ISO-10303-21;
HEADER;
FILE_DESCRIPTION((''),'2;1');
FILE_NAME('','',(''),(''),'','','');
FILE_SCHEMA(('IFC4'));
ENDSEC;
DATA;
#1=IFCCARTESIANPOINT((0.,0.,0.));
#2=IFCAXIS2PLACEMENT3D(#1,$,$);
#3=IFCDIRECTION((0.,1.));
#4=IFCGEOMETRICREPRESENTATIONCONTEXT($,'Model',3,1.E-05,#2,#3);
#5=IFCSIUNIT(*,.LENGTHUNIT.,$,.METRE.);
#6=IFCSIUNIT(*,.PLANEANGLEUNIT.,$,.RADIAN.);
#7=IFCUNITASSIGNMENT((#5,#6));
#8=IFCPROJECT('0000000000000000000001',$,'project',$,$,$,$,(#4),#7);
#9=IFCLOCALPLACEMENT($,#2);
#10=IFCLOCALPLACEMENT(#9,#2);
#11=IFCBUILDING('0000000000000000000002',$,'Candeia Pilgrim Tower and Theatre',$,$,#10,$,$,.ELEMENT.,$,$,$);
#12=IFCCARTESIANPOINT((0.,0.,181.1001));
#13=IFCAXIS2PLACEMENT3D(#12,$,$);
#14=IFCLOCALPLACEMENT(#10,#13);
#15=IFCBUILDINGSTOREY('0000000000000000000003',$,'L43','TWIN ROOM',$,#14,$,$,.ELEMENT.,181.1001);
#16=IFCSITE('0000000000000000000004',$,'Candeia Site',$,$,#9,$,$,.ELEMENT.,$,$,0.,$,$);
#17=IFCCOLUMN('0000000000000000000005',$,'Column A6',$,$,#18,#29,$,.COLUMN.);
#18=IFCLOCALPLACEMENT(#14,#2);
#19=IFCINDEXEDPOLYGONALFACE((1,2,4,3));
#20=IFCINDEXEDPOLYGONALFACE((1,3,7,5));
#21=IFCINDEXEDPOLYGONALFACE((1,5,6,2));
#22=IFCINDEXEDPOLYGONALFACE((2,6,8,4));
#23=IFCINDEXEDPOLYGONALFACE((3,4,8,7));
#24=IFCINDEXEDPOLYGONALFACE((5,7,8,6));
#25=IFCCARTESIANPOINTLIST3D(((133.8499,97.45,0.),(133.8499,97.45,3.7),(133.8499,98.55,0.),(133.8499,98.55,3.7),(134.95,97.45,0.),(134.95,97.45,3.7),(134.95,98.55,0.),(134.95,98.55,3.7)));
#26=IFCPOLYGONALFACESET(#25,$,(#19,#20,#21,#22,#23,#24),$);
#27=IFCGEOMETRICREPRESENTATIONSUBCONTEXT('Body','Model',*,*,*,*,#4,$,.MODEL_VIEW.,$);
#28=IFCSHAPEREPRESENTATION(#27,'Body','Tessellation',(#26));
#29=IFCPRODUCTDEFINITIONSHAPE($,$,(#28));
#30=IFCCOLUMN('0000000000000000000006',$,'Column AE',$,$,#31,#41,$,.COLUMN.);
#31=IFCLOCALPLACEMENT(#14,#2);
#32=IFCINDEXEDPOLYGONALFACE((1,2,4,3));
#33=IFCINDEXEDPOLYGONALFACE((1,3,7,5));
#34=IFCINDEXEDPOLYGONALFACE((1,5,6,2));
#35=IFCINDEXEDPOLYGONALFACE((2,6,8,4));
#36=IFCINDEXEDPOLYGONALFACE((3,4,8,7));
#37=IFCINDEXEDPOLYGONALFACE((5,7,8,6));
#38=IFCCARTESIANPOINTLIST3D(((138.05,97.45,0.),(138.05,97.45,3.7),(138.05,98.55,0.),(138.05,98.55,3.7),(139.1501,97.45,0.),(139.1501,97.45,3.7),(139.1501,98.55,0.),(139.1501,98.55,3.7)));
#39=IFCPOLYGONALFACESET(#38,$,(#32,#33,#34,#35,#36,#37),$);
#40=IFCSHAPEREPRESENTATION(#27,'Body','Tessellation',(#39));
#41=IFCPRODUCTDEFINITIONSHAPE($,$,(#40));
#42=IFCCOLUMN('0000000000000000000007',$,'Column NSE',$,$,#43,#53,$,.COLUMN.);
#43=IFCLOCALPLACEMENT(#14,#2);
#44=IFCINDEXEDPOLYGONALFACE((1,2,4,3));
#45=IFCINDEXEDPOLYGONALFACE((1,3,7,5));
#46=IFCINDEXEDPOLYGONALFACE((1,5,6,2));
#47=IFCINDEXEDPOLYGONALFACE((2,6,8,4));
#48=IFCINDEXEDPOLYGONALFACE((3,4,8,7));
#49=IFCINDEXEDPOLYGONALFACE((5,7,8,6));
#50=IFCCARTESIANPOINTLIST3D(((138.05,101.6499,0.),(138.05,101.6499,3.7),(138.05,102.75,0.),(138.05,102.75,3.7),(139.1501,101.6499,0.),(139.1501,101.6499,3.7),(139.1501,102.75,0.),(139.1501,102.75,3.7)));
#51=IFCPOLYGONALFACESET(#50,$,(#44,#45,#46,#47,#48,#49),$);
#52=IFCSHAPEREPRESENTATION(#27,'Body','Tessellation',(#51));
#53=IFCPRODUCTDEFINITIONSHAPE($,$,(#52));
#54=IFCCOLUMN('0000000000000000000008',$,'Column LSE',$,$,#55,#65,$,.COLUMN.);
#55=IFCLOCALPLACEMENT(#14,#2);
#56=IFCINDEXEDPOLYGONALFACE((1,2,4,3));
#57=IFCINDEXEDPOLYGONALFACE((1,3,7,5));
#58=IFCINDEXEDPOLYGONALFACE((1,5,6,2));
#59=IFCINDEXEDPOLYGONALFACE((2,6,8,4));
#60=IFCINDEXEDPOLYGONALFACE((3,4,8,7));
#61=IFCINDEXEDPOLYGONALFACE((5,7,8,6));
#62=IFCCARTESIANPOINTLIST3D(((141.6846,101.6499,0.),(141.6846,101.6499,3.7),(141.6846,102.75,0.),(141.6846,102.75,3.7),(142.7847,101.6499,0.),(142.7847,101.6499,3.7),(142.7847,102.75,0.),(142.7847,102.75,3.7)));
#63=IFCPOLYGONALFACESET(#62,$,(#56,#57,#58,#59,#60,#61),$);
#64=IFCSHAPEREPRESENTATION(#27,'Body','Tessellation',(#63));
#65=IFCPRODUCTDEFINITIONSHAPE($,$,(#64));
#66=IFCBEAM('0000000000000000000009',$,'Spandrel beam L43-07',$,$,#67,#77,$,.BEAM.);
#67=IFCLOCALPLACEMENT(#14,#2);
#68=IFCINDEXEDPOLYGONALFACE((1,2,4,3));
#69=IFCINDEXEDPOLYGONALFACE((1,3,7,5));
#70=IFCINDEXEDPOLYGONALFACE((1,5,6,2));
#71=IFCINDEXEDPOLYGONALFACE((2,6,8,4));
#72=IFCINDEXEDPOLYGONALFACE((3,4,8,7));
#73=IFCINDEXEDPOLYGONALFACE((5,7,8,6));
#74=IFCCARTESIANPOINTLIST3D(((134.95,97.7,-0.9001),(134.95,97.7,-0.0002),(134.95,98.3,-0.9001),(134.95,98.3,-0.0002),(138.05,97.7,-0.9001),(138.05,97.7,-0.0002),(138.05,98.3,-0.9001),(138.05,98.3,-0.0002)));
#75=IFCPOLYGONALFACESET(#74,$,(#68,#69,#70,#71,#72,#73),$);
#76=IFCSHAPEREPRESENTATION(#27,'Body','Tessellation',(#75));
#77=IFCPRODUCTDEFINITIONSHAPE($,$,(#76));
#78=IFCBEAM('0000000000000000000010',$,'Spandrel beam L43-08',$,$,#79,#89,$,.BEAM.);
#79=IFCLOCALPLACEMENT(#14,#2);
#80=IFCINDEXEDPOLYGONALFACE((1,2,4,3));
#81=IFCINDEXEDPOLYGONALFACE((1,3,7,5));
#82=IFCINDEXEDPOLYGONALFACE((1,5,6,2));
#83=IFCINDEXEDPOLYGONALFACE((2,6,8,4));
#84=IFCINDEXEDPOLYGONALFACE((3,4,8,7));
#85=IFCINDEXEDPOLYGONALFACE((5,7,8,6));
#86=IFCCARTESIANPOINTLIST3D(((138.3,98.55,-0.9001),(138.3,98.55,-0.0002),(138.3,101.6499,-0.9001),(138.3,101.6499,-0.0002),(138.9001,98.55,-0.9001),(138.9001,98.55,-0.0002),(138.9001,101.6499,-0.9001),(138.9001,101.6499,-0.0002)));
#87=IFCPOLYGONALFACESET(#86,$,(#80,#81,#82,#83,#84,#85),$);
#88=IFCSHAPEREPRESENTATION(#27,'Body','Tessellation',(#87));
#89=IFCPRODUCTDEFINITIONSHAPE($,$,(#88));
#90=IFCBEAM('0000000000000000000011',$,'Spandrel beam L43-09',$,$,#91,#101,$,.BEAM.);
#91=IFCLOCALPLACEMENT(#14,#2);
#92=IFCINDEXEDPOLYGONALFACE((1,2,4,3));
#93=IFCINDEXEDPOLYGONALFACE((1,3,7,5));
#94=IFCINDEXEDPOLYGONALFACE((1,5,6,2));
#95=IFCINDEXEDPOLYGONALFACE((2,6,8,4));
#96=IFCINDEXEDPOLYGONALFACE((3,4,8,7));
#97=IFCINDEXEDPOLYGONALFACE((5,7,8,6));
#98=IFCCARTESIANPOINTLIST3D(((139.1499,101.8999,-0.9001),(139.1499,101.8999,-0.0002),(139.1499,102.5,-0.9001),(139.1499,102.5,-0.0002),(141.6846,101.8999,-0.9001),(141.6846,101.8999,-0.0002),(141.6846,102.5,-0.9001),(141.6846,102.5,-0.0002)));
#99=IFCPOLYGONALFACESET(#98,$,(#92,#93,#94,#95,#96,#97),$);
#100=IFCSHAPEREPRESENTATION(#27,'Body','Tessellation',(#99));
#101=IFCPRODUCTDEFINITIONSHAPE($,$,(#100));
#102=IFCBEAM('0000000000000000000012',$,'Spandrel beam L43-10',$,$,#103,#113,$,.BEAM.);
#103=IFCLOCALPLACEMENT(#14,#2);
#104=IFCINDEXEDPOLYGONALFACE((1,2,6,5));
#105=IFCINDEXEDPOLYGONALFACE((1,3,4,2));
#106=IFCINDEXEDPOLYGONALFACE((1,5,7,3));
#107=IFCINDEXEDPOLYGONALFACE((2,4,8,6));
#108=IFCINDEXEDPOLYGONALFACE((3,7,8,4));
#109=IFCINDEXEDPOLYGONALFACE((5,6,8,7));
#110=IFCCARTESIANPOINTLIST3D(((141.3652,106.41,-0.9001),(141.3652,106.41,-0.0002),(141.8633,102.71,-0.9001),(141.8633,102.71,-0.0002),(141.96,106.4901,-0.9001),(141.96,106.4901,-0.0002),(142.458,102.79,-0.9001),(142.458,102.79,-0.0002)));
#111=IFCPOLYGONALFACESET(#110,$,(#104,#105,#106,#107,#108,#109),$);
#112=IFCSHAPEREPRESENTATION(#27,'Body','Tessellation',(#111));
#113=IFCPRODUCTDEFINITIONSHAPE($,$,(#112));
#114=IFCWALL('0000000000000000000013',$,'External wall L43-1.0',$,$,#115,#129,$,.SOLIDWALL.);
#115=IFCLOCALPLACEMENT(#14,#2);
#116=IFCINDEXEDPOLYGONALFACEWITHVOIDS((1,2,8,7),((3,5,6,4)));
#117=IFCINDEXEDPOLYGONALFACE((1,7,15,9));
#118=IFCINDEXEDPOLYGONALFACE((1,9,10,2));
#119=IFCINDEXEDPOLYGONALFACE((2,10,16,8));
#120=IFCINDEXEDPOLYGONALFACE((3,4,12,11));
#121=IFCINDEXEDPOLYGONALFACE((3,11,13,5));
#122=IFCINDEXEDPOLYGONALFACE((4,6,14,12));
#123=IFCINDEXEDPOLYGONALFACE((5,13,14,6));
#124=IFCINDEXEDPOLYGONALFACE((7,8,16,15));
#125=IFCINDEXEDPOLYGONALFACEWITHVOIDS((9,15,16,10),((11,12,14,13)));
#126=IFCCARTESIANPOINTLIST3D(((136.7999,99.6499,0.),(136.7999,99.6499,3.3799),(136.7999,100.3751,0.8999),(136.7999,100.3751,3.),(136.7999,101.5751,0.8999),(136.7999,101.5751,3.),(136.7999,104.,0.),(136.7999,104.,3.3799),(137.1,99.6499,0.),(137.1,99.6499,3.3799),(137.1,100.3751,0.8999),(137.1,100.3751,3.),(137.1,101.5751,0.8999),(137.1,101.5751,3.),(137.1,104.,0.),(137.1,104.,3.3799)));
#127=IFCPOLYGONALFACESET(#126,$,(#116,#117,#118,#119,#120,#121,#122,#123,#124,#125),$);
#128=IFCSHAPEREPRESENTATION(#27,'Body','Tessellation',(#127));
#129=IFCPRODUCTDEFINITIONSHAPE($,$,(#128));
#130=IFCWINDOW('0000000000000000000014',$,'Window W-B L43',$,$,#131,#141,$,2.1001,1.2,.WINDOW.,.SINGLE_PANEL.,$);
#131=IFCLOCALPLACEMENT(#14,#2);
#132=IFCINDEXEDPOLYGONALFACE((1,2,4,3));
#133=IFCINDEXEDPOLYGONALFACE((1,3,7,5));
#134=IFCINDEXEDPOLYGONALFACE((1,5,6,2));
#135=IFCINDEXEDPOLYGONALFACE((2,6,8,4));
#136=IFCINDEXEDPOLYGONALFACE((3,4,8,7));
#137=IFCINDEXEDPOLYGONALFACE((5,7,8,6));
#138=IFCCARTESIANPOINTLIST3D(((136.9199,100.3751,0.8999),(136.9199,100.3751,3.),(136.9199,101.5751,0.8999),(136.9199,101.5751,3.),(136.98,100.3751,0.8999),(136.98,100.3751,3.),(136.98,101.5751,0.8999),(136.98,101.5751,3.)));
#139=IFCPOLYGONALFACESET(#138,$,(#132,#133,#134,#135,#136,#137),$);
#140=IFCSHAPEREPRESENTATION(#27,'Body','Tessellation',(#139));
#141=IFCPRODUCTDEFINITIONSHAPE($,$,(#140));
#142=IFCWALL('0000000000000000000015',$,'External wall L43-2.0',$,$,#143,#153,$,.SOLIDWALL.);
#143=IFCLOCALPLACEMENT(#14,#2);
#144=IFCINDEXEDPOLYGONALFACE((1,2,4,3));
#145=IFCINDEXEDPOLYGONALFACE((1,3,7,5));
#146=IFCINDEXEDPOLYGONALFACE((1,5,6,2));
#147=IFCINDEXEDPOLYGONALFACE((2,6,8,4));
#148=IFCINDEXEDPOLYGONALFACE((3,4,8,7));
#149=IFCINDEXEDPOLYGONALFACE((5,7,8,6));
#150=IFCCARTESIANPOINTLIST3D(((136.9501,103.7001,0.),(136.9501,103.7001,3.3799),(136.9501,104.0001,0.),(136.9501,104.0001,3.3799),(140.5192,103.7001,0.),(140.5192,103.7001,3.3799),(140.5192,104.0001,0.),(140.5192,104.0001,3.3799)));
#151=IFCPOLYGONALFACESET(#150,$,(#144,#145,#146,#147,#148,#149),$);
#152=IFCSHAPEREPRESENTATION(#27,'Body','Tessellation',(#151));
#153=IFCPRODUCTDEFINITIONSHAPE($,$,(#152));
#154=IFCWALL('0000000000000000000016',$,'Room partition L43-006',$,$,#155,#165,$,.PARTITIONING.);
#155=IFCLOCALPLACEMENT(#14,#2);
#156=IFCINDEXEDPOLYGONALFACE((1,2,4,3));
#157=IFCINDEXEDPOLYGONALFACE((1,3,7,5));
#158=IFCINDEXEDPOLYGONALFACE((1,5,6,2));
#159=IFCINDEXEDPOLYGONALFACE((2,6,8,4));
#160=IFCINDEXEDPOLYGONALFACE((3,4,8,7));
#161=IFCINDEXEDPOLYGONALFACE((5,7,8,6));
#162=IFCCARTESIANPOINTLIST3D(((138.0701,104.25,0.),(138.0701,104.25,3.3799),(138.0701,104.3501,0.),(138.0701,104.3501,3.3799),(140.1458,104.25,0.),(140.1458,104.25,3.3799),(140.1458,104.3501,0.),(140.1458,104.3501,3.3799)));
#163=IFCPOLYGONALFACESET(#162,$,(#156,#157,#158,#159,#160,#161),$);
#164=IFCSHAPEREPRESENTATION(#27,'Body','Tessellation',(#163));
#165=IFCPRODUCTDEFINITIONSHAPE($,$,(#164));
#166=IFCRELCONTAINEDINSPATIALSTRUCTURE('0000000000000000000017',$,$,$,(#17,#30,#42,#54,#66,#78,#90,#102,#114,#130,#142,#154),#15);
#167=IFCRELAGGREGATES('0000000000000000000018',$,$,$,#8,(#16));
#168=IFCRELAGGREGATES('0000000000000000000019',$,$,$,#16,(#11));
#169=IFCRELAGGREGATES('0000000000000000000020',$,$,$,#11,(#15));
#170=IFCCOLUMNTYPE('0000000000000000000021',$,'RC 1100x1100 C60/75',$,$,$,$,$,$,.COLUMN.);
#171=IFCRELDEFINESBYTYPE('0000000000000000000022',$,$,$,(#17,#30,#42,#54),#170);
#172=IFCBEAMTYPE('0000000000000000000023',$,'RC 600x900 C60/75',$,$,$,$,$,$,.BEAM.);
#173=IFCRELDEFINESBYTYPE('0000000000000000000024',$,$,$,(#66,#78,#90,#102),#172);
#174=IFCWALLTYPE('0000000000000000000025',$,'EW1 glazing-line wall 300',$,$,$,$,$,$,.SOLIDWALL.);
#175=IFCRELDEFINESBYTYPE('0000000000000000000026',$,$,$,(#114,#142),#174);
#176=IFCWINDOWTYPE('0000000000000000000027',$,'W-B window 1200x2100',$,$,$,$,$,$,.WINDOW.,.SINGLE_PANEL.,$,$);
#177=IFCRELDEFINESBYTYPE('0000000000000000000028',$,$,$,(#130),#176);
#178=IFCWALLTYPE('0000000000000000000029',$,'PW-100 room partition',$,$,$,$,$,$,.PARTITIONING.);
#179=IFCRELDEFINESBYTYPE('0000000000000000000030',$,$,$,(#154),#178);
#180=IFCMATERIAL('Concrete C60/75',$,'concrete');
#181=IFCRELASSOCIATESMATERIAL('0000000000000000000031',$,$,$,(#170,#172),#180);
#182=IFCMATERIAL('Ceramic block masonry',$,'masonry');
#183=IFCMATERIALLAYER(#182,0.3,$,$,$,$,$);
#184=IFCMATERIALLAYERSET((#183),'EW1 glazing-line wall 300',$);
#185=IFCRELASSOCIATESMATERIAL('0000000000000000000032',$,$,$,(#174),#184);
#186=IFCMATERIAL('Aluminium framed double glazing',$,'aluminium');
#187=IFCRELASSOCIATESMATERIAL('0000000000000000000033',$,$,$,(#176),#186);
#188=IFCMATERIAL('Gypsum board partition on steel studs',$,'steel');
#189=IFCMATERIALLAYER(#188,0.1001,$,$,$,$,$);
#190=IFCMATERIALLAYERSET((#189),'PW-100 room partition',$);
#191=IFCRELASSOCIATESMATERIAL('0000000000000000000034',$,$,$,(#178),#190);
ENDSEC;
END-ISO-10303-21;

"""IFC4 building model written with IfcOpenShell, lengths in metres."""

from ifc_helpers import new_model, si_unit, direction, frame, frame_2d, origin, origin_2d, place, context, subcontext, project, spatial, rectangle, extrude, material, layer, layer_set, material_profile, profile_set, type_object, element, fill, save


model = new_model("IFC4")

# Units and contexts
model_context = context("Model", 3, precision=1e-05, world=origin(), true_north=direction((0.0, 1.0)))
body_context = subcontext(model_context, "Body", "Model", "MODEL_VIEW")
ifc_project = project(units=[si_unit("LENGTHUNIT", "METRE"), si_unit("PLANEANGLEUNIT", "RADIAN")], contexts=[model_context])

# Site, building, storey
site_placement = place(None, origin())
site = spatial("IfcSite", under=ifc_project, at=site_placement, Name="Candeia Site", CompositionType="ELEMENT", RefElevation=0.0)
building_placement = place(site_placement, origin())
building = spatial("IfcBuilding", under=site, at=building_placement, Name="Candeia Pilgrim Tower and Theatre", CompositionType="ELEMENT")
storey_placement = place(building_placement, frame((0.0, 0.0, 181.1001)))
storey = spatial("IfcBuildingStorey", under=building, at=storey_placement, Name="L43", Description="TWIN ROOM", CompositionType="ELEMENT", Elevation=181.1001)

# Columns
ifc_material_1 = material(Name="Concrete C60/75", Category="concrete")
ifc_material_profile_1 = material_profile(ifc_material_1, rectangle(XDim=1.1001, YDim=1.1001, at=origin_2d()))
ifc_profile_set_1 = profile_set([ifc_material_profile_1], Name="Concrete C60/75")
column_type = type_object("IfcColumnType", Name="RC 1100x1100 C60/75", PredefinedType="COLUMN", material=ifc_profile_set_1)
for number, where, z_axis, x_axis, name in (
    (1, (134.3999, 98.0, 0.0), (0.0, 0.0, 1.0), (1.0, 0.0, 0.0), "Column A6"),
    (2, (138.6001, 98.0, 0.0), (0.0, 0.0, 1.0), (1.0, 0.0, 0.0), "Column AE"),
    (3, (138.6001, 102.2, 0.0), (0.0, 0.0, 1.0), (1.0, 0.0, 0.0), "Column NSE"),
    (4, (142.2346, 102.2, 0.0), (0.0, 0.0, 1.0), (1.0, 0.0, 0.0), "Column LSE"),
):
    element("IfcColumn", number, at=place(storey_placement, frame(where, z_axis=z_axis, x_axis=x_axis)), inside=storey, type_object=column_type, Name=name, PredefinedType="COLUMN", context=body_context, shape_type="SweptSolid", body=[
        extrude(rectangle(XDim=1.1001, YDim=1.1001, at=origin_2d()), origin(), (0.0, 0.0, 1.0), 3.7),
    ])

# Beams
ifc_material_profile_2 = material_profile(ifc_material_1, rectangle(XDim=0.6001, YDim=0.8999, at=origin_2d()))
ifc_profile_set_2 = profile_set([ifc_material_profile_2], Name="Concrete C60/75")
beam_type = type_object("IfcBeamType", Name="RC 600x900 C60/75", PredefinedType="BEAM", material=ifc_profile_set_2)
beam_1_placement = place(storey_placement, frame((134.95, 98.0, -0.4502), z_axis=(1.0, 0.0, 0.0), x_axis=(0.0, 1.0, 0.0)))
element("IfcBeam", 5, at=beam_1_placement, inside=storey, type_object=beam_type, Name="Spandrel beam L43-07", PredefinedType="BEAM", context=body_context, shape_type="SweptSolid", body=[
    extrude(rectangle(XDim=0.6001, YDim=0.8999, at=origin_2d()), origin(), (0.0, 0.0, 1.0), 3.1001),
])
beam_2_placement = place(storey_placement, frame((138.6001, 98.55, -0.4502), z_axis=(0.0, 1.0, 0.0), x_axis=(-1.0, 0.0, 0.0)))
element("IfcBeam", 6, at=beam_2_placement, inside=storey, type_object=beam_type, Name="Spandrel beam L43-08", PredefinedType="BEAM", context=body_context, shape_type="SweptSolid", body=[
    extrude(rectangle(XDim=0.6001, YDim=0.8999, at=origin_2d()), origin(), (0.0, 0.0, 1.0), 3.0999),
])
beam_3_placement = place(storey_placement, frame((139.1499, 102.2, -0.4502), z_axis=(1.0, 0.0, 0.0), x_axis=(0.0, 1.0, 0.0)))
element("IfcBeam", 7, at=beam_3_placement, inside=storey, type_object=beam_type, Name="Spandrel beam L43-09", PredefinedType="BEAM", context=body_context, shape_type="SweptSolid", body=[
    extrude(rectangle(XDim=0.6001, YDim=0.8999, at=origin_2d()), origin(), (0.0, 0.0, 1.0), 2.5347),
])
beam_4_placement = place(storey_placement, frame((142.1606, 102.75, -0.4502), z_axis=(-0.133406, 0.991061, 0.0), x_axis=(-0.991061, -0.133406, 0.0)))
element("IfcBeam", 8, at=beam_4_placement, inside=storey, type_object=beam_type, Name="Spandrel beam L43-10", PredefinedType="BEAM", context=body_context, shape_type="SweptSolid", body=[
    extrude(rectangle(XDim=0.6001, YDim=0.8999, at=origin_2d()), origin(), (0.0, 0.0, 1.0), 3.7334),
])

# Wall, opening, window
ifc_material_2 = material(Name="Ceramic block masonry", Category="masonry")
ifc_layer_1 = layer(ifc_material_2, 0.3)
ifc_layer_set_1 = layer_set([ifc_layer_1], Name="EW1 glazing-line wall 300")
wall_type_1 = type_object("IfcWallType", Name="EW1 glazing-line wall 300", PredefinedType="SOLIDWALL", material=ifc_layer_set_1)
wall_1_placement = place(storey_placement, frame((136.95, 99.6499, 0.0), z_axis=(0.0, 0.0, 1.0), x_axis=(0.0, 1.0, 0.0)))
wall_1 = element("IfcWall", 9, at=wall_1_placement, inside=storey, type_object=wall_type_1, Name="External wall L43-1.0", PredefinedType="SOLIDWALL", context=body_context, shape_type="SweptSolid", body=[
    extrude(rectangle(XDim=4.3501, YDim=0.3, at=frame_2d((2.175, 0.0))), origin(), (0.0, 0.0, 1.0), 3.3799),
])
opening_1_placement = place(wall_1_placement, frame((0.7251, 0.0, 0.8999)))
opening_1 = element("IfcOpeningElement", 10, at=opening_1_placement, cuts=wall_1, PredefinedType="OPENING", context=body_context, shape_type="SweptSolid", body=[
    extrude(rectangle(XDim=1.2, YDim=2.1001, at=frame_2d((0.6001, 1.05))), frame((0.0, 0.1602, 0.0), z_axis=(0.0, -1.0, 0.0), x_axis=(1.0, 0.0, 0.0)), (0.0, 0.0, 1.0), 0.3201),
])
ifc_material_3 = material(Name="Aluminium framed double glazing", Category="aluminium")
window_type = type_object("IfcWindowType", Name="W-B window 1200x2100", PartitioningType="SINGLE_PANEL", PredefinedType="WINDOW", material=ifc_material_3)
window_1_placement = place(opening_1_placement, origin())
window_1 = element("IfcWindow", 11, at=window_1_placement, inside=storey, type_object=window_type, Name="Window W-B L43", OverallHeight=2.1001, OverallWidth=1.2, PartitioningType="SINGLE_PANEL", PredefinedType="WINDOW", context=body_context, shape_type="SweptSolid", body=[
    extrude(rectangle(XDim=1.2, YDim=2.1001, at=frame_2d((0.6001, 1.05))), frame((0.0, 0.03, 0.0), z_axis=(0.0, -1.0, 0.0), x_axis=(1.0, 0.0, 0.0)), (0.0, 0.0, 1.0), 0.0601),
])
fill(opening_1, window_1)

# Wall
wall_2_placement = place(storey_placement, frame((136.95, 103.8501, 0.0), z_axis=(0.0, 0.0, 1.0), x_axis=(1.0, 0.0, 0.0)))
element("IfcWall", 12, at=wall_2_placement, inside=storey, type_object=wall_type_1, Name="External wall L43-2.0", PredefinedType="SOLIDWALL", context=body_context, shape_type="SweptSolid", body=[
    extrude(rectangle(XDim=3.5691, YDim=0.3, at=frame_2d((1.7847, 0.0))), origin(), (0.0, 0.0, 1.0), 3.3799),
])

# Wall
ifc_material_4 = material(Name="Gypsum board partition on steel studs", Category="steel")
ifc_layer_2 = layer(ifc_material_4, 0.1001)
ifc_layer_set_2 = layer_set([ifc_layer_2], Name="PW-100 room partition")
wall_type_2 = type_object("IfcWallType", Name="PW-100 room partition", PredefinedType="PARTITIONING", material=ifc_layer_set_2)
wall_3_placement = place(storey_placement, frame((138.0701, 104.3, 0.0), z_axis=(0.0, 0.0, 1.0), x_axis=(1.0, 0.0, 0.0)))
element("IfcWall", 13, at=wall_3_placement, inside=storey, type_object=wall_type_2, Name="Room partition L43-006", PredefinedType="PARTITIONING", context=body_context, shape_type="SweptSolid", body=[
    extrude(rectangle(XDim=2.0757, YDim=0.1001, at=frame_2d((1.0378, 0.0))), origin(), (0.0, 0.0, 1.0), 3.3799),
])

save(model, "model.ifc")
